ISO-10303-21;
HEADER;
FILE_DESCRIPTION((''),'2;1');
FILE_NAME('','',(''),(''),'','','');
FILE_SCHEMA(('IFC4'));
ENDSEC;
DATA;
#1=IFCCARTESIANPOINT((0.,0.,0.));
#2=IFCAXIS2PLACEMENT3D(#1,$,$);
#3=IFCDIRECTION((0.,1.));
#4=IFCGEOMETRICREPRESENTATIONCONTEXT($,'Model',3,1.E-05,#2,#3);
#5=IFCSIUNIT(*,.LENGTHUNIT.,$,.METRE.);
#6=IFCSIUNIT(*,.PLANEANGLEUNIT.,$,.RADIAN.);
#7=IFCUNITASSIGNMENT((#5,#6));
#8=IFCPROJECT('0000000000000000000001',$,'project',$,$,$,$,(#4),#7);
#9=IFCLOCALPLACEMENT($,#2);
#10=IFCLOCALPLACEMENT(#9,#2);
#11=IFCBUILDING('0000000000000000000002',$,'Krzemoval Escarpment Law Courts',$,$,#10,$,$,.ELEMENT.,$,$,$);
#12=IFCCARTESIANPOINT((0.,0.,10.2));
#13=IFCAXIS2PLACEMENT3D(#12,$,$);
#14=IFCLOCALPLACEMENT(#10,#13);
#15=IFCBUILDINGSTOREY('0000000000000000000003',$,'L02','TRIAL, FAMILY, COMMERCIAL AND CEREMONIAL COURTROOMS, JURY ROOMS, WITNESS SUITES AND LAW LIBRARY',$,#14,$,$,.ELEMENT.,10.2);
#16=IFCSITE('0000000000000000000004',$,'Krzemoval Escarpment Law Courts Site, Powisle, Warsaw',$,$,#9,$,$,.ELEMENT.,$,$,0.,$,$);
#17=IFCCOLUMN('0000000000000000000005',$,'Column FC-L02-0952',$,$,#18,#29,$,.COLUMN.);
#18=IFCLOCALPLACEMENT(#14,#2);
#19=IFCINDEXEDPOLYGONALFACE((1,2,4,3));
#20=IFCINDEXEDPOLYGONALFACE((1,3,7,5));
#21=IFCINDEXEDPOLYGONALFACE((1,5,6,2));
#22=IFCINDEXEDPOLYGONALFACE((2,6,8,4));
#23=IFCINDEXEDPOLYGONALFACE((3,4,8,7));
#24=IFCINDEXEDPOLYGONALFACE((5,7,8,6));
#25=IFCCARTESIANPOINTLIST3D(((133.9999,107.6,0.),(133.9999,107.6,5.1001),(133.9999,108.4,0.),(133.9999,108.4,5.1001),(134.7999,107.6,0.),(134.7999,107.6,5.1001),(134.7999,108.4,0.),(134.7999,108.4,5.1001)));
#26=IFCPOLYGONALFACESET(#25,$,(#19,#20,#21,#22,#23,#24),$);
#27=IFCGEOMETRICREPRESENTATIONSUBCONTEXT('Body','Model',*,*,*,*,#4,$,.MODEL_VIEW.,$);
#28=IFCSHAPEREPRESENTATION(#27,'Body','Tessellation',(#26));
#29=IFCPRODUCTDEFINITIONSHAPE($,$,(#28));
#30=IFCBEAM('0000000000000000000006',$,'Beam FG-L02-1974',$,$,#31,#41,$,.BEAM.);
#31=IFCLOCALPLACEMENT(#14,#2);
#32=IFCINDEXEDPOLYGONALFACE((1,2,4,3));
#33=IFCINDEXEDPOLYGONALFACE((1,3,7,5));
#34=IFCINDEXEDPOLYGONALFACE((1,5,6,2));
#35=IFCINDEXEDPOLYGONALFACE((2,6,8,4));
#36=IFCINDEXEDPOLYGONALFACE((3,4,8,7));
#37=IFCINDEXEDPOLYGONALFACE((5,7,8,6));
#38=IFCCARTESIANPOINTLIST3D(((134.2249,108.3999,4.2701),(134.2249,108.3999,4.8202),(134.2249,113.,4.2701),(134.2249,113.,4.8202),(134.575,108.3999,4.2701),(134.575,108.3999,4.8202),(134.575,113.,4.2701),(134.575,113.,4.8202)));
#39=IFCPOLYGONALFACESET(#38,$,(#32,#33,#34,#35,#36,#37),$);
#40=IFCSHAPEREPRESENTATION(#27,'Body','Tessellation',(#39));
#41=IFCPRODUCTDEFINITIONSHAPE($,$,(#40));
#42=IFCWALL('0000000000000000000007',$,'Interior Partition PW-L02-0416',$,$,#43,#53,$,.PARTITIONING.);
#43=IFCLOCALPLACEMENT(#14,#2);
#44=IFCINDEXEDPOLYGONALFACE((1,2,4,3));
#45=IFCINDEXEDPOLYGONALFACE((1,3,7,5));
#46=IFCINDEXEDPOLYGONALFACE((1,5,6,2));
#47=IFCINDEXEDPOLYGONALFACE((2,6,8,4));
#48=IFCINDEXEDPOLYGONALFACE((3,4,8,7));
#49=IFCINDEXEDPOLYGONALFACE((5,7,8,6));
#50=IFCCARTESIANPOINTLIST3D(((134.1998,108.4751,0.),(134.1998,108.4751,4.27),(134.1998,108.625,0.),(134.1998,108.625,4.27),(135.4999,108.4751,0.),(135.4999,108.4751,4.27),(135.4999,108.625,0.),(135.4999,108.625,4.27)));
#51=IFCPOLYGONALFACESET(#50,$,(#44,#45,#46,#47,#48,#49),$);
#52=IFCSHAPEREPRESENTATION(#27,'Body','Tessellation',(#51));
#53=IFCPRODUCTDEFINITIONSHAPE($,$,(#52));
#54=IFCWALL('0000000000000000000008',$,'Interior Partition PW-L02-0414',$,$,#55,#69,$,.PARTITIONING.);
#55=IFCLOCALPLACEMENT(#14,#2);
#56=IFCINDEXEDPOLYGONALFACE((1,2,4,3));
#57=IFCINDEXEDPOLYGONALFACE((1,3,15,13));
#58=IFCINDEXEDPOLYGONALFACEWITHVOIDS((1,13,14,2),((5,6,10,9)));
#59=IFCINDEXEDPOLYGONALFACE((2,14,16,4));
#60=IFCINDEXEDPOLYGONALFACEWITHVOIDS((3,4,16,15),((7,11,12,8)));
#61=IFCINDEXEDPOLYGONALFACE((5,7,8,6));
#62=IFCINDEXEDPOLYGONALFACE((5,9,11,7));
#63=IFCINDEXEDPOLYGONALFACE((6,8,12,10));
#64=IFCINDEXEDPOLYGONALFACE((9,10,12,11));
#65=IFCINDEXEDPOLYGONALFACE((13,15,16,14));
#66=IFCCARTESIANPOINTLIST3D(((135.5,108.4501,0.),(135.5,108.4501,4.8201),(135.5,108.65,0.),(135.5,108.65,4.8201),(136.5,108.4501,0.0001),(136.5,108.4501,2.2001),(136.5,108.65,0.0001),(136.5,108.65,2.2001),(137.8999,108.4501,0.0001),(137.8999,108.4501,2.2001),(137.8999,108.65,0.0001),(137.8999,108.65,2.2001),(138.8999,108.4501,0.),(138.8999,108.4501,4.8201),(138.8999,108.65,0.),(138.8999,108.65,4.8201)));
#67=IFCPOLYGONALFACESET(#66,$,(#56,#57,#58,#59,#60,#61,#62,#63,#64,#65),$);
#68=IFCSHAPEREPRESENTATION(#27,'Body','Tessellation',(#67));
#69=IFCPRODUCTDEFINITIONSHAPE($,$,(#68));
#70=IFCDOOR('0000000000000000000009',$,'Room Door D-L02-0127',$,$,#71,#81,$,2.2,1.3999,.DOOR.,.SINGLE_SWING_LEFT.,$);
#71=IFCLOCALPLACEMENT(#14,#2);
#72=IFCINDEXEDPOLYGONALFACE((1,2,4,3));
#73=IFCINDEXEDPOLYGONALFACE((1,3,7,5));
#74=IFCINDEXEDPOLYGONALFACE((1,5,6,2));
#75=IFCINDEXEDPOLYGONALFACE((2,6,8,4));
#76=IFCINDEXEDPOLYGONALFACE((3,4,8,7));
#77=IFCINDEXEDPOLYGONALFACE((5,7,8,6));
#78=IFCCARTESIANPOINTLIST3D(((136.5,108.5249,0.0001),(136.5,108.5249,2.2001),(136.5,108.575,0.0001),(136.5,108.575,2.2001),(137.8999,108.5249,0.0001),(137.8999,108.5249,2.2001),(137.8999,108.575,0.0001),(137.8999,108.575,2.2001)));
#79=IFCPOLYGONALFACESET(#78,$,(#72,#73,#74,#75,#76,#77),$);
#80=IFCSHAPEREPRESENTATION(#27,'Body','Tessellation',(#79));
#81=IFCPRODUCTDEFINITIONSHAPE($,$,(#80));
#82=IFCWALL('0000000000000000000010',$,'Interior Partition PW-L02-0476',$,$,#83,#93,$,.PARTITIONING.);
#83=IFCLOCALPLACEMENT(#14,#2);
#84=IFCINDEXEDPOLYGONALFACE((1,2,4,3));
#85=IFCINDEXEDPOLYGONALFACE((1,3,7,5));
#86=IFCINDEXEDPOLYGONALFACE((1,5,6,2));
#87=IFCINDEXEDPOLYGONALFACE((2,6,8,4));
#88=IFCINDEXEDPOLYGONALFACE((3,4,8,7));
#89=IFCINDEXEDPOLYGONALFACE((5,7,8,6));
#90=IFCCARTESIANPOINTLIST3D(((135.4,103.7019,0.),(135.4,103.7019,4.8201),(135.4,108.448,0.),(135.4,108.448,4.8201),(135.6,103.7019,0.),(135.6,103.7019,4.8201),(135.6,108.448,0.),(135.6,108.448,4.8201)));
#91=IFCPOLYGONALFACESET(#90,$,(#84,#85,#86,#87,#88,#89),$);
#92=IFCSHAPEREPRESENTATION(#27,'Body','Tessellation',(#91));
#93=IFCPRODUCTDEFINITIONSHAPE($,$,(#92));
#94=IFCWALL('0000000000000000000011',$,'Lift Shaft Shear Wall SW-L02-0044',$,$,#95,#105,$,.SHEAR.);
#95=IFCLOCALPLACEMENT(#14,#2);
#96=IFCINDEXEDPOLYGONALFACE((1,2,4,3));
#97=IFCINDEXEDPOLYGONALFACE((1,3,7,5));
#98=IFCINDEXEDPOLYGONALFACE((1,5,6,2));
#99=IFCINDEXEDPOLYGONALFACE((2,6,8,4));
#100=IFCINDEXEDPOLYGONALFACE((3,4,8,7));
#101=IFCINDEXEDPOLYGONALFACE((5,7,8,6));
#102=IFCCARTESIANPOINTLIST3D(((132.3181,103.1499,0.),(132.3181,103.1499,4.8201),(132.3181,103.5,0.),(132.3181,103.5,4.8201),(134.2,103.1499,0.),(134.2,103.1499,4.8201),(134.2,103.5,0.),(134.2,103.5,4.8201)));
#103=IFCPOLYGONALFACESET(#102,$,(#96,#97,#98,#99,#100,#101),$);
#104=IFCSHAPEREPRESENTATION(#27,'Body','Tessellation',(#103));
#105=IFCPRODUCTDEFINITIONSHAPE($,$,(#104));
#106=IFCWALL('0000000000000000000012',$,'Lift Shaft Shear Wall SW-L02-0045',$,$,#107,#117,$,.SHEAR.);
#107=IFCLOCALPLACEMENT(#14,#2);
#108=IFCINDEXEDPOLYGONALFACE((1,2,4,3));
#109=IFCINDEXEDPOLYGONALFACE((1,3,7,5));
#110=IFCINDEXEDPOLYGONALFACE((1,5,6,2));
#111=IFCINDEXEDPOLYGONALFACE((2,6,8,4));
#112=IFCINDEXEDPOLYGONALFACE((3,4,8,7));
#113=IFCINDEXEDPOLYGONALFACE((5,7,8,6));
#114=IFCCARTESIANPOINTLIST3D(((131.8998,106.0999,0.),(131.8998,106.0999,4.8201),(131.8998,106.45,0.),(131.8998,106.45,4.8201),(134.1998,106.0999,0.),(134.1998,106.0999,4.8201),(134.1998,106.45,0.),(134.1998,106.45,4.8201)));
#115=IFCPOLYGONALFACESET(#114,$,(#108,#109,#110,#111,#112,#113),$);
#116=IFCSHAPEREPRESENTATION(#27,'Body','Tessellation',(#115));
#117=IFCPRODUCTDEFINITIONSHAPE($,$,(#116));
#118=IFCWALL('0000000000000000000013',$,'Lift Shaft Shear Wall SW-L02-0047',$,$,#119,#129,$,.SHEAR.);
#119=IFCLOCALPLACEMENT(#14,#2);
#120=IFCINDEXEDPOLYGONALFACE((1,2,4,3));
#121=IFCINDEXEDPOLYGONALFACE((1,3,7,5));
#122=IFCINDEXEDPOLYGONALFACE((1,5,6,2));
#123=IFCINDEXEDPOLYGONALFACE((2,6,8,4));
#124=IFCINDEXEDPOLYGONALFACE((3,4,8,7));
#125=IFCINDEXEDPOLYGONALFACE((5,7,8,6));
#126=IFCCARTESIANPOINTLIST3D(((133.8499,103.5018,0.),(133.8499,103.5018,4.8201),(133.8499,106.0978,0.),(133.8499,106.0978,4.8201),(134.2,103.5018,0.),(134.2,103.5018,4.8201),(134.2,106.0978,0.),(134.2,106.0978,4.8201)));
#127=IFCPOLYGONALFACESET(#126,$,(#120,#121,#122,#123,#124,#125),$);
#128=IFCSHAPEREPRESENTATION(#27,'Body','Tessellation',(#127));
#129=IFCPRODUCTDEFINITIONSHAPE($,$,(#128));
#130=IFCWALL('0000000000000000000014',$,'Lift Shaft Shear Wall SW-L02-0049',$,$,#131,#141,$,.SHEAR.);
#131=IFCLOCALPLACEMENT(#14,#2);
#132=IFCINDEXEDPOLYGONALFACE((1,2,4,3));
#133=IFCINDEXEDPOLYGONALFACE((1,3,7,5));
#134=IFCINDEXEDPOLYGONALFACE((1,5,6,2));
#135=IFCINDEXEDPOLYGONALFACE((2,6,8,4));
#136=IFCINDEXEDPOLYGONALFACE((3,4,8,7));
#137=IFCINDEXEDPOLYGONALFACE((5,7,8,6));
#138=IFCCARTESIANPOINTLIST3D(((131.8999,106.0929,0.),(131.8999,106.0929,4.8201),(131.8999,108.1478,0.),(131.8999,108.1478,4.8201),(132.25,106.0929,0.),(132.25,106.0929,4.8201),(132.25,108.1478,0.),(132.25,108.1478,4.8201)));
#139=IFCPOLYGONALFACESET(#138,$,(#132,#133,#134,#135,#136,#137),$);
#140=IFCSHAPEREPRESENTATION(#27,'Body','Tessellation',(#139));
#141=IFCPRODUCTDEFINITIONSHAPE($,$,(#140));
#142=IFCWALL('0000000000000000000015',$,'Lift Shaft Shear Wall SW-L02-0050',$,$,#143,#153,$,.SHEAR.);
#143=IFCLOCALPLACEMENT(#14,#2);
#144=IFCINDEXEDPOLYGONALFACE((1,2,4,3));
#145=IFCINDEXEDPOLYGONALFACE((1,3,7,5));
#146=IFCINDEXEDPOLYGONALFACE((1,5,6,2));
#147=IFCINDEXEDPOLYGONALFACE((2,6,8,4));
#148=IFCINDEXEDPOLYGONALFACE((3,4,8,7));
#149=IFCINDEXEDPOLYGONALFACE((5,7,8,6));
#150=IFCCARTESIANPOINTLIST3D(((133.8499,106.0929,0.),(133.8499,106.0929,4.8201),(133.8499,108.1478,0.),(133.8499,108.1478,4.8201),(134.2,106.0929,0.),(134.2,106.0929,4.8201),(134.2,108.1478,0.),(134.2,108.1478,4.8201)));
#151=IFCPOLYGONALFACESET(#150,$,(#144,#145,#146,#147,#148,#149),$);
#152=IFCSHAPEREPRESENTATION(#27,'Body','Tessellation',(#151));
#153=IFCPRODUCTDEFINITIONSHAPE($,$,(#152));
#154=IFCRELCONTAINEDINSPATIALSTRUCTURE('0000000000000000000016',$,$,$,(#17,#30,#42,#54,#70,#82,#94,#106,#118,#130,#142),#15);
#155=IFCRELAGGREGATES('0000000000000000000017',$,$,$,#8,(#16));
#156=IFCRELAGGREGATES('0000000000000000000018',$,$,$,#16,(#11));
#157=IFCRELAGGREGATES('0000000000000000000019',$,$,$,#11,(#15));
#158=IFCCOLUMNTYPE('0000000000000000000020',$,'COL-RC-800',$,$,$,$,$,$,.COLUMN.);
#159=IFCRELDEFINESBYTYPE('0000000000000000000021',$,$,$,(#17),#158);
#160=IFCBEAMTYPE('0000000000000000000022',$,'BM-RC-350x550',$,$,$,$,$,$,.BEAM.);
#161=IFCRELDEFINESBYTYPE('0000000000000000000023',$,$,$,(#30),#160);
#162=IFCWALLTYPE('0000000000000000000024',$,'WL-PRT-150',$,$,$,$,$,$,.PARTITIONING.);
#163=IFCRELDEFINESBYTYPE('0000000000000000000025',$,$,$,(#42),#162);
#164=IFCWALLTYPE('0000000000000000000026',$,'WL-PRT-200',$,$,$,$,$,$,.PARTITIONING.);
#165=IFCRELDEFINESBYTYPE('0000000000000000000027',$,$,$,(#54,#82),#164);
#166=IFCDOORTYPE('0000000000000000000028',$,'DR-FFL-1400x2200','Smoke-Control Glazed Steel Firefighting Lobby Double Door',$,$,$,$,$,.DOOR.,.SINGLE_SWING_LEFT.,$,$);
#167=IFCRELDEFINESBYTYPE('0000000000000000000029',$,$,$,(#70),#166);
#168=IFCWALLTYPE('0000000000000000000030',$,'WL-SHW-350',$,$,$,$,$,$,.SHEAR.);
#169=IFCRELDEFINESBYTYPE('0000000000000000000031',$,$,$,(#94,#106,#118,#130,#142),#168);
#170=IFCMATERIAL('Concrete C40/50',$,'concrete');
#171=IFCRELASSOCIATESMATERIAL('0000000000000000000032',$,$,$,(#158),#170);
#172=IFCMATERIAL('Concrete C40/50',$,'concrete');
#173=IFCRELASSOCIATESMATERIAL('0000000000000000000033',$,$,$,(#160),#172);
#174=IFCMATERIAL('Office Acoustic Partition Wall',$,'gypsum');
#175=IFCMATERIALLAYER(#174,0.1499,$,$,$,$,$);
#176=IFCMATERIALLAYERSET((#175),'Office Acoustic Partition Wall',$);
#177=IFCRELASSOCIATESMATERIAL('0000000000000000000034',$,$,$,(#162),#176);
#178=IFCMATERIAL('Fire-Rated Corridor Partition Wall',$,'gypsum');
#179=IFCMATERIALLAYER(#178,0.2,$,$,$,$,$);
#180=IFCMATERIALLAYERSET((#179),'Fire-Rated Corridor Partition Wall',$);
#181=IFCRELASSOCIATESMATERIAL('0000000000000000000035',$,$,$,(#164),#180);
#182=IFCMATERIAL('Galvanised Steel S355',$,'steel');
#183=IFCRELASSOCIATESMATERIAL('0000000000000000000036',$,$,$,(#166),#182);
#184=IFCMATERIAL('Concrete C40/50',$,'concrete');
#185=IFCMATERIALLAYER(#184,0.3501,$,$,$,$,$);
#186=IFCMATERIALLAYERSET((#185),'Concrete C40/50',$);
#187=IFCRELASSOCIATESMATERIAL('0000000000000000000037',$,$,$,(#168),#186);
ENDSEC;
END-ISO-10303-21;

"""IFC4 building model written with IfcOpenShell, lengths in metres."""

from ifc_helpers import new_model, si_unit, direction, frame, frame_2d, origin, origin_2d, place, context, subcontext, project, spatial, rectangle, extrude, material, layer, layer_set, material_profile, profile_set, type_object, element, fill, save


model = new_model("IFC4")

# Units and contexts
model_context = context("Model", 3, precision=1e-05, world=origin(), true_north=direction((0.0, 1.0)))
body_context = subcontext(model_context, "Body", "Model", "MODEL_VIEW")
ifc_project = project(units=[si_unit("LENGTHUNIT", "METRE"), si_unit("PLANEANGLEUNIT", "RADIAN")], contexts=[model_context])

# Site, building, storey
site_placement = place(None, origin())
site = spatial("IfcSite", under=ifc_project, at=site_placement, Name="Krzemoval Escarpment Law Courts Site, Powisle, Warsaw", CompositionType="ELEMENT", RefElevation=0.0)
building_placement = place(site_placement, origin())
building = spatial("IfcBuilding", under=site, at=building_placement, Name="Krzemoval Escarpment Law Courts", CompositionType="ELEMENT")
storey_placement = place(building_placement, frame((0.0, 0.0, 10.2)))
storey = spatial("IfcBuildingStorey", under=building, at=storey_placement, Name="L02", Description="TRIAL, FAMILY, COMMERCIAL AND CEREMONIAL COURTROOMS, JURY ROOMS, WITNESS SUITES AND LAW LIBRARY", CompositionType="ELEMENT", Elevation=10.2)

# Column
ifc_material_1 = material(Name="Concrete C40/50", Category="concrete")
ifc_material_profile_1 = material_profile(ifc_material_1, rectangle(XDim=0.8, YDim=0.8, at=origin_2d()), Name="RC 800x800")
ifc_profile_set_1 = profile_set([ifc_material_profile_1], Name="Concrete C40/50")
column_type = type_object("IfcColumnType", Name="COL-RC-800", PredefinedType="COLUMN", material=ifc_profile_set_1)
column_placement = place(storey_placement, frame((134.3999, 108.0, 0.0), z_axis=(0.0, 0.0, 1.0), x_axis=(1.0, 0.0, 0.0)))
element("IfcColumn", 1, at=column_placement, inside=storey, type_object=column_type, Name="Column FC-L02-0952", PredefinedType="COLUMN", context=body_context, shape_type="SweptSolid", body=[
    extrude(rectangle(XDim=0.8, YDim=0.8, at=origin_2d()), origin(), (0.0, 0.0, 1.0), 5.1001),
])

# Beam
ifc_material_2 = material(Name="Concrete C40/50", Category="concrete")
ifc_material_profile_2 = material_profile(ifc_material_2, rectangle(XDim=0.3501, YDim=0.55, at=origin_2d()), Name="RCB 350x550")
ifc_profile_set_2 = profile_set([ifc_material_profile_2], Name="Concrete C40/50")
beam_type = type_object("IfcBeamType", Name="BM-RC-350x550", PredefinedType="BEAM", material=ifc_profile_set_2)
beam_placement = place(storey_placement, frame((134.3999, 108.3999, 4.5452), z_axis=(0.0, 1.0, 0.0), x_axis=(-1.0, 0.0, 0.0)))
element("IfcBeam", 2, at=beam_placement, inside=storey, type_object=beam_type, Name="Beam FG-L02-1974", PredefinedType="BEAM", context=body_context, shape_type="SweptSolid", body=[
    extrude(rectangle(XDim=0.3501, YDim=0.55, at=origin_2d()), origin(), (0.0, 0.0, 1.0), 4.6001),
])

# Wall
ifc_material_3 = material(Name="Office Acoustic Partition Wall", Category="gypsum")
ifc_layer_1 = layer(ifc_material_3, 0.1499)
ifc_layer_set_1 = layer_set([ifc_layer_1], Name="Office Acoustic Partition Wall")
wall_type_1 = type_object("IfcWallType", Name="WL-PRT-150", PredefinedType="PARTITIONING", material=ifc_layer_set_1)
wall_1_placement = place(storey_placement, frame((134.2, 108.55, 0.0), z_axis=(0.0, 0.0, 1.0), x_axis=(1.0, 0.0, 0.0)))
element("IfcWall", 3, at=wall_1_placement, inside=storey, type_object=wall_type_1, Name="Interior Partition PW-L02-0416", PredefinedType="PARTITIONING", context=body_context, shape_type="SweptSolid", body=[
    extrude(rectangle(XDim=1.3, YDim=0.1499, at=frame_2d((0.6499, 0.0))), origin(), (0.0, 0.0, 1.0), 4.27),
])

# Wall, opening, door
ifc_material_4 = material(Name="Fire-Rated Corridor Partition Wall", Category="gypsum")
ifc_layer_2 = layer(ifc_material_4, 0.2)
ifc_layer_set_2 = layer_set([ifc_layer_2], Name="Fire-Rated Corridor Partition Wall")
wall_type_2 = type_object("IfcWallType", Name="WL-PRT-200", PredefinedType="PARTITIONING", material=ifc_layer_set_2)
wall_2_placement = place(storey_placement, frame((135.5, 108.55, 0.0), z_axis=(0.0, 0.0, 1.0), x_axis=(1.0, 0.0, 0.0)))
wall_2 = element("IfcWall", 4, at=wall_2_placement, inside=storey, type_object=wall_type_2, Name="Interior Partition PW-L02-0414", PredefinedType="PARTITIONING", context=body_context, shape_type="SweptSolid", body=[
    extrude(rectangle(XDim=3.3999, YDim=0.2, at=frame_2d((1.7, 0.0))), origin(), (0.0, 0.0, 1.0), 4.8201),
])
opening_1_placement = place(wall_2_placement, frame((1.0, 0.0, 0.0)))
opening_1 = element("IfcOpeningElement", 5, at=opening_1_placement, cuts=wall_2, PredefinedType="OPENING", context=body_context, shape_type="SweptSolid", body=[
    extrude(rectangle(XDim=1.3999, YDim=2.2, at=frame_2d((0.7, 1.1001))), frame((0.0, 0.115, 0.0), z_axis=(0.0, -1.0, 0.0), x_axis=(1.0, 0.0, 0.0)), (0.0, 0.0, 1.0), 0.2299),
])
ifc_material_5 = material(Name="Galvanised Steel S355", Category="steel")
door_type_1 = type_object("IfcDoorType", Name="DR-FFL-1400x2200", Description="Smoke-Control Glazed Steel Firefighting Lobby Double Door", OperationType="SINGLE_SWING_LEFT", PredefinedType="DOOR", material=ifc_material_5)
door_1_placement = place(opening_1_placement, origin())
door_1 = element("IfcDoor", 6, at=door_1_placement, inside=storey, type_object=door_type_1, Name="Room Door D-L02-0127", OperationType="SINGLE_SWING_LEFT", OverallHeight=2.2, OverallWidth=1.3999, PredefinedType="DOOR", context=body_context, shape_type="SweptSolid", body=[
    extrude(rectangle(XDim=1.3999, YDim=2.2, at=frame_2d((0.7, 1.1001))), frame((0.0, 0.0249, 0.0), z_axis=(0.0, -1.0, 0.0), x_axis=(1.0, 0.0, 0.0)), (0.0, 0.0, 1.0), 0.05),
])
fill(opening_1, door_1)

# Walls
wall_3_placement = place(storey_placement, frame((135.5, 103.7019, 0.0), z_axis=(0.0, 0.0, 1.0), x_axis=(0.0, 1.0, 0.0)))
element("IfcWall", 7, at=wall_3_placement, inside=storey, type_object=wall_type_2, Name="Interior Partition PW-L02-0476", PredefinedType="PARTITIONING", context=body_context, shape_type="SweptSolid", body=[
    extrude(rectangle(XDim=4.7461, YDim=0.2, at=frame_2d((2.373, 0.0))), origin(), (0.0, 0.0, 1.0), 4.8201),
])
ifc_material_6 = material(Name="Concrete C40/50", Category="concrete")
ifc_layer_3 = layer(ifc_material_6, 0.3501)
ifc_layer_set_3 = layer_set([ifc_layer_3], Name="Concrete C40/50")
wall_type_3 = type_object("IfcWallType", Name="WL-SHW-350", PredefinedType="SHEAR", material=ifc_layer_set_3)
wall_4_placement = place(storey_placement, frame((132.3181, 103.325, 0.0), z_axis=(0.0, 0.0, 1.0), x_axis=(1.0, 0.0, 0.0)))
element("IfcWall", 8, at=wall_4_placement, inside=storey, type_object=wall_type_3, Name="Lift Shaft Shear Wall SW-L02-0044", PredefinedType="SHEAR", context=body_context, shape_type="SweptSolid", body=[
    extrude(rectangle(XDim=1.8818, YDim=0.3501, at=frame_2d((0.9409, 0.0))), origin(), (0.0, 0.0, 1.0), 4.8201),
])
wall_5_placement = place(storey_placement, frame((131.8999, 106.2749, 0.0), z_axis=(0.0, 0.0, 1.0), x_axis=(1.0, 0.0, 0.0)))
element("IfcWall", 9, at=wall_5_placement, inside=storey, type_object=wall_type_3, Name="Lift Shaft Shear Wall SW-L02-0045", PredefinedType="SHEAR", context=body_context, shape_type="SweptSolid", body=[
    extrude(rectangle(XDim=2.3, YDim=0.3501, at=frame_2d((1.1499, 0.0))), origin(), (0.0, 0.0, 1.0), 4.8201),
])

# Wall
wall_6_placement = place(storey_placement, frame((134.0249, 103.502, 0.0), z_axis=(0.0, 0.0, 1.0), x_axis=(0.0, 1.0, 0.0)))
element("IfcWall", 10, at=wall_6_placement, inside=storey, type_object=wall_type_3, Name="Lift Shaft Shear Wall SW-L02-0047", PredefinedType="SHEAR", context=body_context, shape_type="SweptSolid", body=[
    extrude(rectangle(XDim=2.5959, YDim=0.3501, at=frame_2d((1.2979, 0.0))), origin(), (0.0, 0.0, 1.0), 4.8201),
])

# Walls
for number, where, z_axis, x_axis, name in (
    (11, (132.075, 106.093, 0.0), (0.0, 0.0, 1.0), (0.0, 1.0, 0.0), "Lift Shaft Shear Wall SW-L02-0049"),
    (12, (134.0249, 106.093, 0.0), (0.0, 0.0, 1.0), (0.0, 1.0, 0.0), "Lift Shaft Shear Wall SW-L02-0050"),
):
    element("IfcWall", number, at=place(storey_placement, frame(where, z_axis=z_axis, x_axis=x_axis)), inside=storey, type_object=wall_type_3, Name=name, PredefinedType="SHEAR", context=body_context, shape_type="SweptSolid", body=[
        extrude(rectangle(XDim=2.0549, YDim=0.3501, at=frame_2d((1.0273, 0.0))), origin(), (0.0, 0.0, 1.0), 4.8201),
    ])

save(model, "model.ifc")
